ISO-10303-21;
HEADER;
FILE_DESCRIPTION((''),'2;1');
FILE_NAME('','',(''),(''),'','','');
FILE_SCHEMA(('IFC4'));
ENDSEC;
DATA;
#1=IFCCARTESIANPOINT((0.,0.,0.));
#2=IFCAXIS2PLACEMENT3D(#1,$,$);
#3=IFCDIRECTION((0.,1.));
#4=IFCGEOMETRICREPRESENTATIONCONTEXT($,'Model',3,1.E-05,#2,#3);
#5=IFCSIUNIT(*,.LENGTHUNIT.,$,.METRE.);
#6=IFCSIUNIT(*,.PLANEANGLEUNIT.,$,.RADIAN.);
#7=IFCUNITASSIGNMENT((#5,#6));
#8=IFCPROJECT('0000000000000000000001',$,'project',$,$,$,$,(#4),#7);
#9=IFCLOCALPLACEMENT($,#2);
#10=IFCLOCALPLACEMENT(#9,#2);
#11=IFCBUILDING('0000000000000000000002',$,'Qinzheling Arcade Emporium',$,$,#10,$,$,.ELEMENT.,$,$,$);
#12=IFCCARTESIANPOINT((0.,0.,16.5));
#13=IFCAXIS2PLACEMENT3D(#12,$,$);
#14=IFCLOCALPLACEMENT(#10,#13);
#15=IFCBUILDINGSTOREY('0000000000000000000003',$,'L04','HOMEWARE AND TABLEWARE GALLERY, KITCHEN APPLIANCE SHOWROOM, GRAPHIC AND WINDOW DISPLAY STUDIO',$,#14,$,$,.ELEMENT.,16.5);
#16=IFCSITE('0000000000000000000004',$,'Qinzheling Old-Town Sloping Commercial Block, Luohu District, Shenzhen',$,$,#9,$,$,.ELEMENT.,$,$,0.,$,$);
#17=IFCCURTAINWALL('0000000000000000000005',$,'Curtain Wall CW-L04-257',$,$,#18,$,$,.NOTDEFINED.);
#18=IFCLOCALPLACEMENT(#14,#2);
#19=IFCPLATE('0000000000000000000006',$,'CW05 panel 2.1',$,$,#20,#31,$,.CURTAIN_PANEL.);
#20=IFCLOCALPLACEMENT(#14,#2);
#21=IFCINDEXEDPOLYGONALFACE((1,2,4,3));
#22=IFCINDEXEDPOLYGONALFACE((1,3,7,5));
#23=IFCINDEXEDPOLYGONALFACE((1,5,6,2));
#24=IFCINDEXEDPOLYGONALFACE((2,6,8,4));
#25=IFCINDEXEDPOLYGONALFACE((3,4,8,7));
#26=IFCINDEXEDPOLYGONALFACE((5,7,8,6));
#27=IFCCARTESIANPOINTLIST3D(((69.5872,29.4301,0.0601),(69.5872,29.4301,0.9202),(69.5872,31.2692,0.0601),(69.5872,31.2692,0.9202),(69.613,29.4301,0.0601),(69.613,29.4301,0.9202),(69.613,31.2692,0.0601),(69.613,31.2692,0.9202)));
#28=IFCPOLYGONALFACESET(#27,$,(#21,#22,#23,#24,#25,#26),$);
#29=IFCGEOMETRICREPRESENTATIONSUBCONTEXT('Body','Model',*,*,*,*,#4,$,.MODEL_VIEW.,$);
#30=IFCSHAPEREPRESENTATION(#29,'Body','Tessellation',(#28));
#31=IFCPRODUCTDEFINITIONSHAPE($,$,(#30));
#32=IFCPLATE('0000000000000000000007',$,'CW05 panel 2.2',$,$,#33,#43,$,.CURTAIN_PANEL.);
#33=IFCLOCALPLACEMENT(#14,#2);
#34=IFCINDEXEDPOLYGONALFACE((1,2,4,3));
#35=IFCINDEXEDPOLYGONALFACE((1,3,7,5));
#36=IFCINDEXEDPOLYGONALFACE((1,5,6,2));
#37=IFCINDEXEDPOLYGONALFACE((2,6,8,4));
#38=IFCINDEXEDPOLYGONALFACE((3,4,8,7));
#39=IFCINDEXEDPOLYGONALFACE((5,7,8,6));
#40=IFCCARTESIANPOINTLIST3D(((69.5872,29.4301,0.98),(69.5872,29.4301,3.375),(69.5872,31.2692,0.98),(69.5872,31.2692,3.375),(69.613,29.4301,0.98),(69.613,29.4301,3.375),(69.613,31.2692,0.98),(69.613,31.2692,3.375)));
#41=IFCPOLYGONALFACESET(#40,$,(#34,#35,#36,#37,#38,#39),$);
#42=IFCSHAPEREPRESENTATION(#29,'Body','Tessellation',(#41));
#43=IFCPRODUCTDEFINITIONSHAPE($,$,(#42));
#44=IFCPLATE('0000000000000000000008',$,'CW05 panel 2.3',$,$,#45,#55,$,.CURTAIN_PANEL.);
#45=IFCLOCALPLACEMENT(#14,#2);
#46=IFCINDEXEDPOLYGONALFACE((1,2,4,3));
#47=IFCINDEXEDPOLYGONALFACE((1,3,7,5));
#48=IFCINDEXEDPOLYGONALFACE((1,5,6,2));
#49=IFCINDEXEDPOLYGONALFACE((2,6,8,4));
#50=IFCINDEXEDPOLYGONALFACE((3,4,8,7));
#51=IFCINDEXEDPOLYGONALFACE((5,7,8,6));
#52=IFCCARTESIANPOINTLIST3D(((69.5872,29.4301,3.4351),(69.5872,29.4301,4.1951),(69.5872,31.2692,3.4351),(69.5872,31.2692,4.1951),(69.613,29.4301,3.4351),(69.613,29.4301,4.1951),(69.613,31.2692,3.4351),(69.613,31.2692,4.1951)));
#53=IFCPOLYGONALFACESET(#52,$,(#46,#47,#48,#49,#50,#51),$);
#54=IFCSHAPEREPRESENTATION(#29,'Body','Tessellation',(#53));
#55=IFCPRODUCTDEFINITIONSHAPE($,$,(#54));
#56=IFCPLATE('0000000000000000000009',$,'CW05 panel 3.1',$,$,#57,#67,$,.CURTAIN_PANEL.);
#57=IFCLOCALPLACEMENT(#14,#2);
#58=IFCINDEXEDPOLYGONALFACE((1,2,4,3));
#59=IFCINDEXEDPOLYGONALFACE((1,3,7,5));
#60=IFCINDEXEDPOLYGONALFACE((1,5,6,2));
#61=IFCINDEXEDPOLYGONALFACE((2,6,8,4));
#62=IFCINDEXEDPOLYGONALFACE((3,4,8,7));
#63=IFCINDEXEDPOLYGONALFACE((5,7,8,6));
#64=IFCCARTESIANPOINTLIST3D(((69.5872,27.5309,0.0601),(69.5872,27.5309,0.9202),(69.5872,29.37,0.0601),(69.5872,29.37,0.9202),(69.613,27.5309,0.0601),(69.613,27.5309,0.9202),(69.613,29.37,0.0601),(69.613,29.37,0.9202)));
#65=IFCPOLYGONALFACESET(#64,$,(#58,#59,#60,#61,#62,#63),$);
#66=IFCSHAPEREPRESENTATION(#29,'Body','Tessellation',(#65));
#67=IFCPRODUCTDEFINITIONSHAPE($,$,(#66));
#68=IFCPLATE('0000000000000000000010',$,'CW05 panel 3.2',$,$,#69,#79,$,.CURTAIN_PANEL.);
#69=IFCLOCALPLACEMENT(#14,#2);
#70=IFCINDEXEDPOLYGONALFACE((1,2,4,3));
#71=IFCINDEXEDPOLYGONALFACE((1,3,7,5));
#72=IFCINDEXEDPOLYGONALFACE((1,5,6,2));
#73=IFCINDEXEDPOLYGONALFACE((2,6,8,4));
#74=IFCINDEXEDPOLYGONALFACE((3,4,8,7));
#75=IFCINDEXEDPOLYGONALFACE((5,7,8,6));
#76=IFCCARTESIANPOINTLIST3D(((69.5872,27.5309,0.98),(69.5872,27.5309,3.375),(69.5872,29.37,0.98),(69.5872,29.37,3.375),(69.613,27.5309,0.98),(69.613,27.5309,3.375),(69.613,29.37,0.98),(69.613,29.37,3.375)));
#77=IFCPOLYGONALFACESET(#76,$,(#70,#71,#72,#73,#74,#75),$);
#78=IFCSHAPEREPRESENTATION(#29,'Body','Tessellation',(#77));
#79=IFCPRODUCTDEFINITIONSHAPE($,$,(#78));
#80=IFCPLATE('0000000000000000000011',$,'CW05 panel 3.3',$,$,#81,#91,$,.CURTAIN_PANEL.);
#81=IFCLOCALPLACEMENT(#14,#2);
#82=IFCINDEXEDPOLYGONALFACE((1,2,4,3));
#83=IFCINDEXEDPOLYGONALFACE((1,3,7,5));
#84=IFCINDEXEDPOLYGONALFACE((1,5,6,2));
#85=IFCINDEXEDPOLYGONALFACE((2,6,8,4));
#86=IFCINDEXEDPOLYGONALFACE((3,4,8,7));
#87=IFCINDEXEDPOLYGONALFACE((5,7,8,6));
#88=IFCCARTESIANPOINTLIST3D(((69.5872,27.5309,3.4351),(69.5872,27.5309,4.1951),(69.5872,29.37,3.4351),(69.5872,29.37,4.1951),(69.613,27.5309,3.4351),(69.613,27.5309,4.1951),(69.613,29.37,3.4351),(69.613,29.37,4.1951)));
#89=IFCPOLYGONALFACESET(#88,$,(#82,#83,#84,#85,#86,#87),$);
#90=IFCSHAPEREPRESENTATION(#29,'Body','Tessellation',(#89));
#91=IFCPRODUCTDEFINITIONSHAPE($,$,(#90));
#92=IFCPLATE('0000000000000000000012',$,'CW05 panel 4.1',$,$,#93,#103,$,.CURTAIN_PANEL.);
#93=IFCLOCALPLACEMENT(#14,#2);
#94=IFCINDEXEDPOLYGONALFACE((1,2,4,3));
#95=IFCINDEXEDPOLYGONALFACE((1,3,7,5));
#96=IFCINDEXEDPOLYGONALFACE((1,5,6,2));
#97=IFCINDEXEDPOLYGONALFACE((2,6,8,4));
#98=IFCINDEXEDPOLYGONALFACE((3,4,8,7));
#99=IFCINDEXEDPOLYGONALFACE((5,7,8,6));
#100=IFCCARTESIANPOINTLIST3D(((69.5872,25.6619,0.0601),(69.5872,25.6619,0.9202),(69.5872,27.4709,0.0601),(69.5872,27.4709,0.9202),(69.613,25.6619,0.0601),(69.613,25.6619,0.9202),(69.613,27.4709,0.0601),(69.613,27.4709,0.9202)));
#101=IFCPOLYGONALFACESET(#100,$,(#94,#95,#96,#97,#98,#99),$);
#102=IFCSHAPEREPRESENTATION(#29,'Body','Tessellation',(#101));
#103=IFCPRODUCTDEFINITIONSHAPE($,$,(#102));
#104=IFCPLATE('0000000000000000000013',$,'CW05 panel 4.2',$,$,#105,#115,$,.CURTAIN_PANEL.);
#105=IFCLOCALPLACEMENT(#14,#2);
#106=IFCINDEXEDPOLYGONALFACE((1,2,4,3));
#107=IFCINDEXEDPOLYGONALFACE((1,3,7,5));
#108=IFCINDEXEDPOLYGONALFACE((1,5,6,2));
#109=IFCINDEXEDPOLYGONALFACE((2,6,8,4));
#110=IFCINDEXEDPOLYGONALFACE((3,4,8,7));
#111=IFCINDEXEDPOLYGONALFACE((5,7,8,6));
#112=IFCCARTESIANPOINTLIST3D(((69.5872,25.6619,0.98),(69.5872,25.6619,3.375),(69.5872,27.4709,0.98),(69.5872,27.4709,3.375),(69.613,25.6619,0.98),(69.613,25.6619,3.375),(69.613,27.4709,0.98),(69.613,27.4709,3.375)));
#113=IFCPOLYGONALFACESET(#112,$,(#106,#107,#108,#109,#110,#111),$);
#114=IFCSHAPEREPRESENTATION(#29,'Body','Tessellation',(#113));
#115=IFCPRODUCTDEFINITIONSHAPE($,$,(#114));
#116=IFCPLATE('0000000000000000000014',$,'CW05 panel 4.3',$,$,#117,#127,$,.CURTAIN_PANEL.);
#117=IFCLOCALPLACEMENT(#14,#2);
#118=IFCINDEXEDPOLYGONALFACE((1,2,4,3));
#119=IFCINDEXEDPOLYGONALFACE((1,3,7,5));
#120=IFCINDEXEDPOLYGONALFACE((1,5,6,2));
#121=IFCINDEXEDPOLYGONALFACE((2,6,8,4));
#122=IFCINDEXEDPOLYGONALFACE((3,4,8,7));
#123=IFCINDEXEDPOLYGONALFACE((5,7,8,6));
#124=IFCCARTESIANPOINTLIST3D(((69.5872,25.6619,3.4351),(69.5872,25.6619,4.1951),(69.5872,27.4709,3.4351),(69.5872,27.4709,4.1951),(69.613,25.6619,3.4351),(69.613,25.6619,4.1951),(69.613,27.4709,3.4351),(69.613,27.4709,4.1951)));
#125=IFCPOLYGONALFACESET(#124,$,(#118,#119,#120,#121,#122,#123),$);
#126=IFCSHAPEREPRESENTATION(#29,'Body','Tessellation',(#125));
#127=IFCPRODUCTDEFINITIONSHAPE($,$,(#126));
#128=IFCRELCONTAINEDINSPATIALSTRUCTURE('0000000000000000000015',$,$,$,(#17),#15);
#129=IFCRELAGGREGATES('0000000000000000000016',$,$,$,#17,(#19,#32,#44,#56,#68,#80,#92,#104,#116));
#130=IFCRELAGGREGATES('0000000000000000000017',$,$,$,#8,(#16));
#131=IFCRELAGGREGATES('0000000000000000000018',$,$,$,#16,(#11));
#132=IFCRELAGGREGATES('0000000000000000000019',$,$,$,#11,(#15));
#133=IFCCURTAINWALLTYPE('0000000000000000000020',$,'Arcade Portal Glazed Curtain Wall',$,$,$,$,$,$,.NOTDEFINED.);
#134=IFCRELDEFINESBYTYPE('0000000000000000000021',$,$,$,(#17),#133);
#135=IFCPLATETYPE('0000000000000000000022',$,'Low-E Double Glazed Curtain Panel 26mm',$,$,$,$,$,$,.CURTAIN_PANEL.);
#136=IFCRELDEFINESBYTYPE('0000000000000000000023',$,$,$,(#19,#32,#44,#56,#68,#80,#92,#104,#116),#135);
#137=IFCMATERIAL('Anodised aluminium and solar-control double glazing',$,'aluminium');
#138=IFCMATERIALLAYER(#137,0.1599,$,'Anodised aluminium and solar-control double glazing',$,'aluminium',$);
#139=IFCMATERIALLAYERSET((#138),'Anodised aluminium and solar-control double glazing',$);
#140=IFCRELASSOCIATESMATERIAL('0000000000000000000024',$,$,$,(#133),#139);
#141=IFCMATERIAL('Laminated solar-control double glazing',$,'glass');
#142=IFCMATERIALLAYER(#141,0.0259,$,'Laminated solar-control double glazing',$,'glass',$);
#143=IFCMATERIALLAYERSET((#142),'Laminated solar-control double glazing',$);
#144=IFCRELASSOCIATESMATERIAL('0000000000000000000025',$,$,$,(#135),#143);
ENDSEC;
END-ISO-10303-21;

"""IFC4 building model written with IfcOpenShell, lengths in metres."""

from ifc_helpers import new_model, si_unit, direction, frame, origin, origin_2d, place, context, subcontext, project, spatial, rectangle, extrude, material, layer, layer_set, type_object, element, aggregate, save


model = new_model("IFC4")

# Units and contexts
model_context = context("Model", 3, precision=1e-05, world=origin(), true_north=direction((0.0, 1.0)))
body_context = subcontext(model_context, "Body", "Model", "MODEL_VIEW")
ifc_project = project(units=[si_unit("LENGTHUNIT", "METRE"), si_unit("PLANEANGLEUNIT", "RADIAN")], contexts=[model_context])

# Site, building, storey
site_placement = place(None, origin())
site = spatial("IfcSite", under=ifc_project, at=site_placement, Name="Qinzheling Old-Town Sloping Commercial Block, Luohu District, Shenzhen", CompositionType="ELEMENT", RefElevation=0.0)
building_placement = place(site_placement, origin())
building = spatial("IfcBuilding", under=site, at=building_placement, Name="Qinzheling Arcade Emporium", CompositionType="ELEMENT")
storey_placement = place(building_placement, frame((0.0, 0.0, 16.5)))
storey = spatial("IfcBuildingStorey", under=building, at=storey_placement, Name="L04", Description="HOMEWARE AND TABLEWARE GALLERY, KITCHEN APPLIANCE SHOWROOM, GRAPHIC AND WINDOW DISPLAY STUDIO", CompositionType="ELEMENT", Elevation=16.5)

# Curtain wall
ifc_material_1 = material(Name="Anodised aluminium and solar-control double glazing", Category="aluminium")
ifc_layer_1 = layer(ifc_material_1, 0.1599, Name="Anodised aluminium and solar-control double glazing", Category="aluminium")
ifc_layer_set_1 = layer_set([ifc_layer_1], Name="Anodised aluminium and solar-control double glazing")
curtain_wall_type = type_object("IfcCurtainWallType", Name="Arcade Portal Glazed Curtain Wall", PredefinedType="NOTDEFINED", material=ifc_layer_set_1)
curtain_wall_1_placement = place(storey_placement, origin())
curtain_wall_1 = element("IfcCurtainWall", 1, at=curtain_wall_1_placement, inside=storey, type_object=curtain_wall_type, Name="Curtain Wall CW-L04-257", PredefinedType="NOTDEFINED")

# Plates
ifc_material_2 = material(Name="Laminated solar-control double glazing", Category="glass")
ifc_layer_2 = layer(ifc_material_2, 0.0259, Name="Laminated solar-control double glazing", Category="glass")
ifc_layer_set_2 = layer_set([ifc_layer_2], Name="Laminated solar-control double glazing")
plate_type = type_object("IfcPlateType", Name="Low-E Double Glazed Curtain Panel 26mm", PredefinedType="CURTAIN_PANEL", material=ifc_layer_set_2)
plate_1_placement = place(storey_placement, frame((69.6001, 30.3496, 0.0601), z_axis=(0.0, 0.0, 1.0), x_axis=(0.0, -1.0, 0.0)))
plate_1 = element("IfcPlate", 2, at=plate_1_placement, type_object=plate_type, Name="CW05 panel 2.1", PredefinedType="CURTAIN_PANEL", context=body_context, shape_type="SweptSolid", body=[
    extrude(rectangle(XDim=1.8391, YDim=0.0259, at=origin_2d()), origin(), (0.0, 0.0, 1.0), 0.8601),
])
plate_2_placement = place(storey_placement, frame((69.6001, 30.3496, 0.98), z_axis=(0.0, 0.0, 1.0), x_axis=(0.0, -1.0, 0.0)))
plate_2 = element("IfcPlate", 3, at=plate_2_placement, type_object=plate_type, Name="CW05 panel 2.2", PredefinedType="CURTAIN_PANEL", context=body_context, shape_type="SweptSolid", body=[
    extrude(rectangle(XDim=1.8391, YDim=0.0259, at=origin_2d()), origin(), (0.0, 0.0, 1.0), 2.395),
])
plate_3_placement = place(storey_placement, frame((69.6001, 30.3496, 3.4351), z_axis=(0.0, 0.0, 1.0), x_axis=(0.0, -1.0, 0.0)))
plate_3 = element("IfcPlate", 4, at=plate_3_placement, type_object=plate_type, Name="CW05 panel 2.3", PredefinedType="CURTAIN_PANEL", context=body_context, shape_type="SweptSolid", body=[
    extrude(rectangle(XDim=1.8391, YDim=0.0259, at=origin_2d()), origin(), (0.0, 0.0, 1.0), 0.76),
])
plate_4_placement = place(storey_placement, frame((69.6001, 28.4504, 0.0601), z_axis=(0.0, 0.0, 1.0), x_axis=(0.0, -1.0, 0.0)))
plate_4 = element("IfcPlate", 5, at=plate_4_placement, type_object=plate_type, Name="CW05 panel 3.1", PredefinedType="CURTAIN_PANEL", context=body_context, shape_type="SweptSolid", body=[
    extrude(rectangle(XDim=1.8391, YDim=0.0259, at=origin_2d()), origin(), (0.0, 0.0, 1.0), 0.8601),
])
plate_5_placement = place(storey_placement, frame((69.6001, 28.4504, 0.98), z_axis=(0.0, 0.0, 1.0), x_axis=(0.0, -1.0, 0.0)))
plate_5 = element("IfcPlate", 6, at=plate_5_placement, type_object=plate_type, Name="CW05 panel 3.2", PredefinedType="CURTAIN_PANEL", context=body_context, shape_type="SweptSolid", body=[
    extrude(rectangle(XDim=1.8391, YDim=0.0259, at=origin_2d()), origin(), (0.0, 0.0, 1.0), 2.395),
])
plate_6_placement = place(storey_placement, frame((69.6001, 28.4504, 3.4351), z_axis=(0.0, 0.0, 1.0), x_axis=(0.0, -1.0, 0.0)))
plate_6 = element("IfcPlate", 7, at=plate_6_placement, type_object=plate_type, Name="CW05 panel 3.3", PredefinedType="CURTAIN_PANEL", context=body_context, shape_type="SweptSolid", body=[
    extrude(rectangle(XDim=1.8391, YDim=0.0259, at=origin_2d()), origin(), (0.0, 0.0, 1.0), 0.76),
])
plate_7_placement = place(storey_placement, frame((69.6001, 26.5664, 0.0601), z_axis=(0.0, 0.0, 1.0), x_axis=(0.0, -1.0, 0.0)))
plate_7 = element("IfcPlate", 8, at=plate_7_placement, type_object=plate_type, Name="CW05 panel 4.1", PredefinedType="CURTAIN_PANEL", context=body_context, shape_type="SweptSolid", body=[
    extrude(rectangle(XDim=1.8091, YDim=0.0259, at=origin_2d()), origin(), (0.0, 0.0, 1.0), 0.8601),
])
plate_8_placement = place(storey_placement, frame((69.6001, 26.5664, 0.98), z_axis=(0.0, 0.0, 1.0), x_axis=(0.0, -1.0, 0.0)))
plate_8 = element("IfcPlate", 9, at=plate_8_placement, type_object=plate_type, Name="CW05 panel 4.2", PredefinedType="CURTAIN_PANEL", context=body_context, shape_type="SweptSolid", body=[
    extrude(rectangle(XDim=1.8091, YDim=0.0259, at=origin_2d()), origin(), (0.0, 0.0, 1.0), 2.395),
])
plate_9_placement = place(storey_placement, frame((69.6001, 26.5664, 3.4351), z_axis=(0.0, 0.0, 1.0), x_axis=(0.0, -1.0, 0.0)))
plate_9 = element("IfcPlate", 10, at=plate_9_placement, type_object=plate_type, Name="CW05 panel 4.3", PredefinedType="CURTAIN_PANEL", context=body_context, shape_type="SweptSolid", body=[
    extrude(rectangle(XDim=1.8091, YDim=0.0259, at=origin_2d()), origin(), (0.0, 0.0, 1.0), 0.76),
])
aggregate(curtain_wall_1, [plate_1, plate_2, plate_3, plate_4, plate_5, plate_6, plate_7, plate_8, plate_9])

save(model, "model.ifc")
